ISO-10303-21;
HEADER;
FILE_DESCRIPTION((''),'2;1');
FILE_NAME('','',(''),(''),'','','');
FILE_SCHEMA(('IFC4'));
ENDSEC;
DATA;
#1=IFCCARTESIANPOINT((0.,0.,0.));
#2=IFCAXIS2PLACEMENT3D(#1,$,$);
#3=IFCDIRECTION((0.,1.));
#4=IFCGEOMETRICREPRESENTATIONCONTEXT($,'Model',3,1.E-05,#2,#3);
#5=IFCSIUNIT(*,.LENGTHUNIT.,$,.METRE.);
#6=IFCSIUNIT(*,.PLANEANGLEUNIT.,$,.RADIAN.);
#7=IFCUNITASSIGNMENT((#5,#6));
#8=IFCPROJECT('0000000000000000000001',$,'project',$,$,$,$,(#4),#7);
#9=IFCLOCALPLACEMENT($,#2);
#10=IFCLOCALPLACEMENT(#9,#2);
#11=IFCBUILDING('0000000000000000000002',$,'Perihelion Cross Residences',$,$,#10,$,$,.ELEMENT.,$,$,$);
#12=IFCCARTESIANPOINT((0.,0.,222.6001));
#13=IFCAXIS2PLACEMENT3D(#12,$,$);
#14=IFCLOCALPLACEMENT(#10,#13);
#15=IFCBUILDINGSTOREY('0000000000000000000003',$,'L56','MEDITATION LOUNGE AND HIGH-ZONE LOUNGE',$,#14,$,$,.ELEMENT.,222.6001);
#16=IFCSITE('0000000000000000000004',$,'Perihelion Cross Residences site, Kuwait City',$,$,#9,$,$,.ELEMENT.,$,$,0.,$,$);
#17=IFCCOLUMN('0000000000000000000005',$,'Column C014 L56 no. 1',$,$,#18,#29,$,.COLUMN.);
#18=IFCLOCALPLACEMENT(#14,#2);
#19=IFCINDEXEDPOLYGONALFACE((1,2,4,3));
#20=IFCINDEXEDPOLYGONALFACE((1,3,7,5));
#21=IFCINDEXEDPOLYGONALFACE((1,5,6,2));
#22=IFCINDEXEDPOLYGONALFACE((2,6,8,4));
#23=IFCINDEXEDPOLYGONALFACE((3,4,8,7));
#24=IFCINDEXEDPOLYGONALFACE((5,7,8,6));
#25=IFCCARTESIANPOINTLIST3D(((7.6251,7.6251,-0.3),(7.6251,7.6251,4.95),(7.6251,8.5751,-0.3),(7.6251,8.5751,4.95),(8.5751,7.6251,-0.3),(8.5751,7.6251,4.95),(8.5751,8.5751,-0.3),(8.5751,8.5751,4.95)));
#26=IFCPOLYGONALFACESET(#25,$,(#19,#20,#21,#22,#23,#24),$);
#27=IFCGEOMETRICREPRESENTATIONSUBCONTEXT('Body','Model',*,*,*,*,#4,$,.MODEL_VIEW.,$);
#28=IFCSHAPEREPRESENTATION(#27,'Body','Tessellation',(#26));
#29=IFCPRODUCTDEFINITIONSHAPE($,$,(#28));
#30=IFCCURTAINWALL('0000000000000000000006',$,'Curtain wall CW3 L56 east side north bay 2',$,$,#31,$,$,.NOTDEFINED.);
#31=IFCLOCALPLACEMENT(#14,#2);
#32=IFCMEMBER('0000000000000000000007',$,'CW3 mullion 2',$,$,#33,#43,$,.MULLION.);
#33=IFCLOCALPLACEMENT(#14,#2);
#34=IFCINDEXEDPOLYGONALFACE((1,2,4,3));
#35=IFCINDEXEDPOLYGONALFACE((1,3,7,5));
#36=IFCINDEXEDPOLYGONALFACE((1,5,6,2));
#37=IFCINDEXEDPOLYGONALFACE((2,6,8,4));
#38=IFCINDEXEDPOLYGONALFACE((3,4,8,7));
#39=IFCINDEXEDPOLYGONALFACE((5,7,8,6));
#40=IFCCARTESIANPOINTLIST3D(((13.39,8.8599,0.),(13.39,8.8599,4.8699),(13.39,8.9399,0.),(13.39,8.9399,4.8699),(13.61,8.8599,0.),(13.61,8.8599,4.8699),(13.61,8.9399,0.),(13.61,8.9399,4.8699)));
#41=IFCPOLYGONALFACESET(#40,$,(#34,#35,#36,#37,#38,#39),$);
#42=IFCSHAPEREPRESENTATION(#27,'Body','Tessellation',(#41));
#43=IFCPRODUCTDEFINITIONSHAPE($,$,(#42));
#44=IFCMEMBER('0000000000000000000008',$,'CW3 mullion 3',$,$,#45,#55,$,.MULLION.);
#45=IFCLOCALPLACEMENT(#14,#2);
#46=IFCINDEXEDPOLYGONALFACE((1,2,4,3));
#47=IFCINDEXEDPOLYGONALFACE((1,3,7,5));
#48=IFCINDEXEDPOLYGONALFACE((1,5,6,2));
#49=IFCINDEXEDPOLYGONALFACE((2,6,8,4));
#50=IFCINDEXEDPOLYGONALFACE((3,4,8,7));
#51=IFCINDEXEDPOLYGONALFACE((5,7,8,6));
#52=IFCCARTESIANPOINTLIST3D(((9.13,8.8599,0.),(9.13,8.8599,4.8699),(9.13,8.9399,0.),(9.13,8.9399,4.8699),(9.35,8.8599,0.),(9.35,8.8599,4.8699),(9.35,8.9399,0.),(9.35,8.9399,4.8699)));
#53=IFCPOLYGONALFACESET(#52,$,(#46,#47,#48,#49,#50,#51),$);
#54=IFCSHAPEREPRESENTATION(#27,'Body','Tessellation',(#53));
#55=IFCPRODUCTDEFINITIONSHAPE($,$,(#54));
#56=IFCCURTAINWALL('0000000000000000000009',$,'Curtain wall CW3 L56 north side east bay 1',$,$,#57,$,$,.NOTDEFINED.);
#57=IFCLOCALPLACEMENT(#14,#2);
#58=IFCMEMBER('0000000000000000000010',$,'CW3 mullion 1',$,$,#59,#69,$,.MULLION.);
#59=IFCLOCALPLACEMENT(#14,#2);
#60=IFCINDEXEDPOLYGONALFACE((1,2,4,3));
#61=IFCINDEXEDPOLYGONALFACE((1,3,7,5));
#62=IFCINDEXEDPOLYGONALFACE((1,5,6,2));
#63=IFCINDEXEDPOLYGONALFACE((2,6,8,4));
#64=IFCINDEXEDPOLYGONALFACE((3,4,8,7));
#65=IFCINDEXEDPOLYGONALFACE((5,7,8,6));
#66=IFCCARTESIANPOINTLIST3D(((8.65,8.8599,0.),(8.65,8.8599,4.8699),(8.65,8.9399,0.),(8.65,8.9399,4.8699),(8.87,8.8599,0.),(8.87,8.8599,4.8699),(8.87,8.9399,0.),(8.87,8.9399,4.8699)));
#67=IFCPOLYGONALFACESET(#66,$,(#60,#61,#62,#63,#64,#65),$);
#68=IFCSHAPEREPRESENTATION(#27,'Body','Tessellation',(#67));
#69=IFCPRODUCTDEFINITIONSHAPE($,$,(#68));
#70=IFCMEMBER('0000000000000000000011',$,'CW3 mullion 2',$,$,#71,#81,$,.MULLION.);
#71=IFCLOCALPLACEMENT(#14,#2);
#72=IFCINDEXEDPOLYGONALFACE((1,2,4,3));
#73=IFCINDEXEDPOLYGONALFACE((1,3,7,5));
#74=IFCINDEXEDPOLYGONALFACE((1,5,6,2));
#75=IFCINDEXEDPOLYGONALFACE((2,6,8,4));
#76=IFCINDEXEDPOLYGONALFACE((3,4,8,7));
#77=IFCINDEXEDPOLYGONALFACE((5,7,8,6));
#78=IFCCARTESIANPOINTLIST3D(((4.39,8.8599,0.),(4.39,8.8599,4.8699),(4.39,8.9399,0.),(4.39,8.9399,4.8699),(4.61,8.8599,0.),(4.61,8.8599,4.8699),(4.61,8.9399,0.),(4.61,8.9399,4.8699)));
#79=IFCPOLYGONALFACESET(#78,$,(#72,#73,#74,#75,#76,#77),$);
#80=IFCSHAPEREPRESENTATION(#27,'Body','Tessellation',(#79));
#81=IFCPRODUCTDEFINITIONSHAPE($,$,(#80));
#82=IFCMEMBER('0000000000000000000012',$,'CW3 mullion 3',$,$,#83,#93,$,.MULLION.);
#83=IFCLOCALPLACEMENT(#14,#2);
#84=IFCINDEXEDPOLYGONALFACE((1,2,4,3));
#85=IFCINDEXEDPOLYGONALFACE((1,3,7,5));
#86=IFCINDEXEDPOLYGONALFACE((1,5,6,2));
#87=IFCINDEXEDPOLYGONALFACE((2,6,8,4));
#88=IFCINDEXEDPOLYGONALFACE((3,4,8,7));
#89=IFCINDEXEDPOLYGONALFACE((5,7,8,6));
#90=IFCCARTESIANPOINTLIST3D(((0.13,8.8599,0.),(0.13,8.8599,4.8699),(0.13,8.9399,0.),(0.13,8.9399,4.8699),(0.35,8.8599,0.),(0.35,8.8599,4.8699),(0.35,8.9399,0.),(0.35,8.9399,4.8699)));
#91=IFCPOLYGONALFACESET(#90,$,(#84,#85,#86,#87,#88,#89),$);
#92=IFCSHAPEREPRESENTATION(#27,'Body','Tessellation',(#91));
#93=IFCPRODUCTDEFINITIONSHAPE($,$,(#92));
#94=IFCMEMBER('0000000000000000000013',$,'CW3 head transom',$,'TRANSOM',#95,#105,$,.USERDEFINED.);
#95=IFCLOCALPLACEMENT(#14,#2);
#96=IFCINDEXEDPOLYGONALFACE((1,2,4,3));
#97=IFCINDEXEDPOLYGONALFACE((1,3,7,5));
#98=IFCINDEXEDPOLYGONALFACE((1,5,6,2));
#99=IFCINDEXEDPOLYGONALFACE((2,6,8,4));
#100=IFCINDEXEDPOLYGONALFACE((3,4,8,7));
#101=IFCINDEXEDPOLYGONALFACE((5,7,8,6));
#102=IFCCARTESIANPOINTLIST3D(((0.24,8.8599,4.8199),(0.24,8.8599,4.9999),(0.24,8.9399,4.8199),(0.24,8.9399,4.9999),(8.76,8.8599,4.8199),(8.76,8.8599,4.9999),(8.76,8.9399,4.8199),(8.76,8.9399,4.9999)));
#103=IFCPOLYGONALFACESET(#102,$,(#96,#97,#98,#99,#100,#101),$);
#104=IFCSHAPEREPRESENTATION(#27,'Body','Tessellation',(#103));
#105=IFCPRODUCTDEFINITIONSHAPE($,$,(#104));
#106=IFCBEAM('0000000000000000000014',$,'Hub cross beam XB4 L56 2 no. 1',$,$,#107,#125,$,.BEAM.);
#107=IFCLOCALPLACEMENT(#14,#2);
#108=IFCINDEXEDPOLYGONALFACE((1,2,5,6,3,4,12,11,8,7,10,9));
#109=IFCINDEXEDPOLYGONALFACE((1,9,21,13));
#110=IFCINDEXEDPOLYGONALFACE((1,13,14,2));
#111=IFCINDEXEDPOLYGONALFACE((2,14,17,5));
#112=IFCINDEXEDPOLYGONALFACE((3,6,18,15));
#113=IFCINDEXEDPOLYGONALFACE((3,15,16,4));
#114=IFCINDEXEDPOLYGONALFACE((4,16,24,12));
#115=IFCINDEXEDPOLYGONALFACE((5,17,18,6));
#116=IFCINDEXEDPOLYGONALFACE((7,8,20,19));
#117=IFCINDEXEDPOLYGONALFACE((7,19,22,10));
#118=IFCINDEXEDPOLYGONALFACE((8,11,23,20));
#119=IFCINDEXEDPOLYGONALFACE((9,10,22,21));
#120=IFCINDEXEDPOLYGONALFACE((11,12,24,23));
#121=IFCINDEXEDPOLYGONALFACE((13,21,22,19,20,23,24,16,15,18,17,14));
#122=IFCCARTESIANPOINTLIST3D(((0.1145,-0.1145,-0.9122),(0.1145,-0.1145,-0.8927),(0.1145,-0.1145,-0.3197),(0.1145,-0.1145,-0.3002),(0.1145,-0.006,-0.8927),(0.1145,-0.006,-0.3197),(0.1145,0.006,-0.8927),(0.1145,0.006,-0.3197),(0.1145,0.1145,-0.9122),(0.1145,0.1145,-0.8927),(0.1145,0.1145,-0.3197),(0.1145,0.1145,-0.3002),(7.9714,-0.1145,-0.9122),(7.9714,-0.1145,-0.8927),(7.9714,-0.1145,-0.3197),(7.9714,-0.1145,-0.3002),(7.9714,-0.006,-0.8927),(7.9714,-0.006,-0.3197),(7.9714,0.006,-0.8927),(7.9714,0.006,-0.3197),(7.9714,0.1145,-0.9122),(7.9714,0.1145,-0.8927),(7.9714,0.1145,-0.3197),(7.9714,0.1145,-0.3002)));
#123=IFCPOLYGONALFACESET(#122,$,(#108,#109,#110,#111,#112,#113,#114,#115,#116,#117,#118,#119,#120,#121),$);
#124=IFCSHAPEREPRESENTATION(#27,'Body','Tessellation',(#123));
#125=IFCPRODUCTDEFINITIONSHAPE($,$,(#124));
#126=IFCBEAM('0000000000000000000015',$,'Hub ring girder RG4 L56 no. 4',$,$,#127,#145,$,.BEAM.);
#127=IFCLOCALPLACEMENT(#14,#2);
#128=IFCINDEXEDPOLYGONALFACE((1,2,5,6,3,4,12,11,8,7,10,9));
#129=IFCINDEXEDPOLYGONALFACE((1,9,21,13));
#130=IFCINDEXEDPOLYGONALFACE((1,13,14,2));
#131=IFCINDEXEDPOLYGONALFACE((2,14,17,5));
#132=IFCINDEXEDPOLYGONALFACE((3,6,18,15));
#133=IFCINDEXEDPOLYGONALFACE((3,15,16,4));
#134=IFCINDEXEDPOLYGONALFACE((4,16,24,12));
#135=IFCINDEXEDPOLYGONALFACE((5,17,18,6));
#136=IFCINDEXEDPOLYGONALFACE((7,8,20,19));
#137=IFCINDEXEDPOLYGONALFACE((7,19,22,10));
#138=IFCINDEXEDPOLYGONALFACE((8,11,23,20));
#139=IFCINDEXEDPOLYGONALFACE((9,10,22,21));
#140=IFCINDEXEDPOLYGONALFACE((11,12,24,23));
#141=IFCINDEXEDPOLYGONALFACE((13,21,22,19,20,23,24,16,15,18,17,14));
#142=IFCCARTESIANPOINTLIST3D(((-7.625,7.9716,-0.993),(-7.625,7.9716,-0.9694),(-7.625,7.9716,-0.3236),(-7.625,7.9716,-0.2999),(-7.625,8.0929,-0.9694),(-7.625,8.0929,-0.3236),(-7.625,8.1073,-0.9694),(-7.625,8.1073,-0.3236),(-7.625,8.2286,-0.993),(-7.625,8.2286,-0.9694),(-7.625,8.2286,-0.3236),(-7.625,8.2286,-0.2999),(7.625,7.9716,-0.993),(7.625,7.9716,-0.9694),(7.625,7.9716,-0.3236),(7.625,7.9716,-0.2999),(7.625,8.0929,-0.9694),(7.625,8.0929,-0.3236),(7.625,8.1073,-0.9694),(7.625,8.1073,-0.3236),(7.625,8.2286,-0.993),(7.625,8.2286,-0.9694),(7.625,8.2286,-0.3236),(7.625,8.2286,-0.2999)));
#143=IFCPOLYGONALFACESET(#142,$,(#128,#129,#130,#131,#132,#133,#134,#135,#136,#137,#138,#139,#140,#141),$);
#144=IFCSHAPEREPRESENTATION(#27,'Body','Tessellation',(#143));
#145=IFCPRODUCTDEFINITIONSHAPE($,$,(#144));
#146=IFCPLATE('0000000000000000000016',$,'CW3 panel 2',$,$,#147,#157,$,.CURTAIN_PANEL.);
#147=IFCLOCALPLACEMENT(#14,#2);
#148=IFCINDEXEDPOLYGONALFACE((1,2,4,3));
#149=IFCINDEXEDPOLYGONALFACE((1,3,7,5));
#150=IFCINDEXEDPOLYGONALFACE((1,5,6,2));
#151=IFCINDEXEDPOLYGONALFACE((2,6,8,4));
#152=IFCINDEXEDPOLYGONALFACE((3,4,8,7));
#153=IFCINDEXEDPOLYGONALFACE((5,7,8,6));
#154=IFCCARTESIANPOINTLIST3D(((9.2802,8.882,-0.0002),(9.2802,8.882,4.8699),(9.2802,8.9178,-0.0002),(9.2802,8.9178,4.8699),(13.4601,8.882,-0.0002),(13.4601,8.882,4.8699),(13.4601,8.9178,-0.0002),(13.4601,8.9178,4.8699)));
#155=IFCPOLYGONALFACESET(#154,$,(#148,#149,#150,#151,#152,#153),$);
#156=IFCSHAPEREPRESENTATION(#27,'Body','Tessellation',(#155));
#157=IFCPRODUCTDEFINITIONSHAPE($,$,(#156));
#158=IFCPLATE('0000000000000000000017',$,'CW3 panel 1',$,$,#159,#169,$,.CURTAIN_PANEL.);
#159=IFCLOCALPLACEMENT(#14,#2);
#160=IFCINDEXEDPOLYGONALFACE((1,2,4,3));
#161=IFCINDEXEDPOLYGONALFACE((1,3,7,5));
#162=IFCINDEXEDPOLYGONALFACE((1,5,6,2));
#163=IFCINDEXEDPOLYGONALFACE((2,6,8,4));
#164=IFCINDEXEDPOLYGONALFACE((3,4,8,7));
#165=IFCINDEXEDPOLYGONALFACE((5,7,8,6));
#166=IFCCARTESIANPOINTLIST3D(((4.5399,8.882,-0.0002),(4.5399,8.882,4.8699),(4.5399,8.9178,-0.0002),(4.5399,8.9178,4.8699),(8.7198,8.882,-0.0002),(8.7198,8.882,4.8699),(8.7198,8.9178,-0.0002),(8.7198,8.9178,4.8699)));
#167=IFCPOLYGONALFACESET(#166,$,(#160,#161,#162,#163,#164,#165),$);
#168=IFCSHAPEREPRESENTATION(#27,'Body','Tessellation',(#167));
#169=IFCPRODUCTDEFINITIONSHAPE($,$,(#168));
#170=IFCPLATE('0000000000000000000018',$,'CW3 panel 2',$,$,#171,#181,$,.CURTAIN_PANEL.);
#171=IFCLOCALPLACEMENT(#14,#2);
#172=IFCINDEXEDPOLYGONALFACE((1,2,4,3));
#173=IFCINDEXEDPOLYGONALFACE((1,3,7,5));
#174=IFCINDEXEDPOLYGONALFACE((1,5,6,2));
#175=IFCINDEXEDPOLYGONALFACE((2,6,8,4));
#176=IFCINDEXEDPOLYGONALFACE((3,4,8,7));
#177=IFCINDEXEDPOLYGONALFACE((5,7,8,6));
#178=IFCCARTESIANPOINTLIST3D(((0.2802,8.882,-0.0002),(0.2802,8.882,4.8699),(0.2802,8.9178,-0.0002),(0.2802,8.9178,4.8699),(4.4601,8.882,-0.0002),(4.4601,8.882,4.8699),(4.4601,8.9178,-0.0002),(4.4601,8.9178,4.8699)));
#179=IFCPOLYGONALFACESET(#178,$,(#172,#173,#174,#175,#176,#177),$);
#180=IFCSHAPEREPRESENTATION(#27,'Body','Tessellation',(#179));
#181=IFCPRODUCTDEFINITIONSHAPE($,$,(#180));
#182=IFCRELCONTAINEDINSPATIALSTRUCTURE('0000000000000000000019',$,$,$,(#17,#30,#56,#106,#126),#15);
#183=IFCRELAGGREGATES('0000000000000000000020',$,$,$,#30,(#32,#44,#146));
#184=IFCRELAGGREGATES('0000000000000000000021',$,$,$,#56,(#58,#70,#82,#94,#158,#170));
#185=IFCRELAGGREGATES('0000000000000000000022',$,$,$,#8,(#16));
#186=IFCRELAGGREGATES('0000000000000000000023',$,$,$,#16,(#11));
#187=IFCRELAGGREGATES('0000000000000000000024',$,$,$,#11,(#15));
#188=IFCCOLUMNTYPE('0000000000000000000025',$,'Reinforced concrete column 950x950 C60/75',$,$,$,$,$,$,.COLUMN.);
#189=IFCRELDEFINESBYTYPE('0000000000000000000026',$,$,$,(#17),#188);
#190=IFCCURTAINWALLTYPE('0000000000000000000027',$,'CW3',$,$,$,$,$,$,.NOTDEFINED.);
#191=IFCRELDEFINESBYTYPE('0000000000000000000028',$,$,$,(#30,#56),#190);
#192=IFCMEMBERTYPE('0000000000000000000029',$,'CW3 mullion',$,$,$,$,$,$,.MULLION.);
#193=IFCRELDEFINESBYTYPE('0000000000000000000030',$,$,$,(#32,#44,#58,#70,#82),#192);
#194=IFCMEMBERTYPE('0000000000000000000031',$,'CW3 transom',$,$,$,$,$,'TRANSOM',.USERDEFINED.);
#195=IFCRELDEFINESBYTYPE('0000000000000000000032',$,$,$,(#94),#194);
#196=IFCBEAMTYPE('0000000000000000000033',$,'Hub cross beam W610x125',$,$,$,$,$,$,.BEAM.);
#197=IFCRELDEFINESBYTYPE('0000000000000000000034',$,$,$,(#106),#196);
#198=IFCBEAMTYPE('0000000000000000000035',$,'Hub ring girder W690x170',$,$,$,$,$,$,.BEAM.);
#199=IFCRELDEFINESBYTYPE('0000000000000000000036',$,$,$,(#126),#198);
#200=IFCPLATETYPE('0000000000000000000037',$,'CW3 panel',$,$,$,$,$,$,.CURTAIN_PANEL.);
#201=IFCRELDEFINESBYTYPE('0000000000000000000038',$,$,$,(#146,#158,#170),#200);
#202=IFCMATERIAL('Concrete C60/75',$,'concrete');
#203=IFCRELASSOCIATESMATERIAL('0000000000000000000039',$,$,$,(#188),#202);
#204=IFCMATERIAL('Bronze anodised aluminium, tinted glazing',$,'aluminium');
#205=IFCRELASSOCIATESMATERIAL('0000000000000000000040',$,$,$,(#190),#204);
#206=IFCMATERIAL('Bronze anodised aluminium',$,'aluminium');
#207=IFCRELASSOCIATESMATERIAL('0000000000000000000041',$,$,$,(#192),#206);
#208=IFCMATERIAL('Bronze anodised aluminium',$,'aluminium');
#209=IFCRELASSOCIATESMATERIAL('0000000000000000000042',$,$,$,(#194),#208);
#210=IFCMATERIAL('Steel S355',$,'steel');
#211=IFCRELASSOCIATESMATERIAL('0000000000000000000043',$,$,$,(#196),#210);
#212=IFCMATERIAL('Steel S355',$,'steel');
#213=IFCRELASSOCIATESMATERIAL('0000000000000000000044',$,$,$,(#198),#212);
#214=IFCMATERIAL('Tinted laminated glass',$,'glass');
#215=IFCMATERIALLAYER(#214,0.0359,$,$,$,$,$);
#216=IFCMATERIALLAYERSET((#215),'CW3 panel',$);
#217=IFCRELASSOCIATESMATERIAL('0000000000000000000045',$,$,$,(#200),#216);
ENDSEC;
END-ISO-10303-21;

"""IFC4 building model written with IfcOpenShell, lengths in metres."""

from ifc_helpers import new_model, si_unit, direction, frame, origin, origin_2d, place, context, subcontext, project, spatial, rectangle, i_section, extrude, material, layer, layer_set, material_profile, profile_set, type_object, element, aggregate, save


model = new_model("IFC4")

# Units and contexts
model_context = context("Model", 3, precision=1e-05, world=origin(), true_north=direction((0.0, 1.0)))
body_context = subcontext(model_context, "Body", "Model", "MODEL_VIEW")
ifc_project = project(units=[si_unit("LENGTHUNIT", "METRE"), si_unit("PLANEANGLEUNIT", "RADIAN")], contexts=[model_context])

# Site, building, storey
site_placement = place(None, origin())
site = spatial("IfcSite", under=ifc_project, at=site_placement, Name="Perihelion Cross Residences site, Kuwait City", CompositionType="ELEMENT", RefElevation=0.0)
building_placement = place(site_placement, origin())
building = spatial("IfcBuilding", under=site, at=building_placement, Name="Perihelion Cross Residences", CompositionType="ELEMENT")
storey_placement = place(building_placement, frame((0.0, 0.0, 222.6001)))
storey = spatial("IfcBuildingStorey", under=building, at=storey_placement, Name="L56", Description="MEDITATION LOUNGE AND HIGH-ZONE LOUNGE", CompositionType="ELEMENT", Elevation=222.6001)

# Column
ifc_material_1 = material(Name="Concrete C60/75", Category="concrete")
ifc_material_profile_1 = material_profile(ifc_material_1, rectangle(XDim=0.95, YDim=0.95, at=origin_2d()), Name="RC 950x950")
ifc_profile_set_1 = profile_set([ifc_material_profile_1], Name="Concrete C60/75")
column_type = type_object("IfcColumnType", Name="Reinforced concrete column 950x950 C60/75", PredefinedType="COLUMN", material=ifc_profile_set_1)
column_placement = place(storey_placement, frame((8.1001, 8.1001, -0.3), z_axis=(0.0, 0.0, 1.0), x_axis=(1.0, 0.0, 0.0)))
element("IfcColumn", 1, at=column_placement, inside=storey, type_object=column_type, Name="Column C014 L56 no. 1", PredefinedType="COLUMN", context=body_context, shape_type="SweptSolid", body=[
    extrude(rectangle(XDim=0.95, YDim=0.95, at=origin_2d()), origin(), (0.0, 0.0, 1.0), 5.25),
])

# Curtain walls, members
ifc_material_2 = material(Name="Bronze anodised aluminium, tinted glazing", Category="aluminium")
curtain_wall_type = type_object("IfcCurtainWallType", Name="CW3", PredefinedType="NOTDEFINED", material=ifc_material_2)
curtain_wall_1_placement = place(storey_placement, origin())
curtain_wall_1 = element("IfcCurtainWall", 2, at=curtain_wall_1_placement, inside=storey, type_object=curtain_wall_type, Name="Curtain wall CW3 L56 east side north bay 2", PredefinedType="NOTDEFINED")
ifc_material_3 = material(Name="Bronze anodised aluminium", Category="aluminium")
ifc_material_profile_2 = material_profile(ifc_material_3, rectangle(XDim=0.0801, YDim=0.22, at=origin_2d()), Name="CW3 mullion")
ifc_profile_set_2 = profile_set([ifc_material_profile_2], Name="Bronze anodised aluminium")
member_type_1 = type_object("IfcMemberType", Name="CW3 mullion", PredefinedType="MULLION", material=ifc_profile_set_2)
member_1_placement = place(storey_placement, frame((13.5, 8.8999, 0.0), z_axis=(0.0, 0.0, 1.0), x_axis=(0.0, -1.0, 0.0)))
member_1 = element("IfcMember", 3, at=member_1_placement, type_object=member_type_1, Name="CW3 mullion 2", PredefinedType="MULLION", context=body_context, shape_type="SweptSolid", body=[
    extrude(rectangle(XDim=0.0801, YDim=0.22, at=origin_2d()), origin(), (0.0, 0.0, 1.0), 4.8699),
])
member_2_placement = place(storey_placement, frame((9.24, 8.8999, 0.0), z_axis=(0.0, 0.0, 1.0), x_axis=(0.0, -1.0, 0.0)))
member_2 = element("IfcMember", 4, at=member_2_placement, type_object=member_type_1, Name="CW3 mullion 3", PredefinedType="MULLION", context=body_context, shape_type="SweptSolid", body=[
    extrude(rectangle(XDim=0.0801, YDim=0.22, at=origin_2d()), origin(), (0.0, 0.0, 1.0), 4.8699),
])
curtain_wall_2_placement = place(storey_placement, origin())
curtain_wall_2 = element("IfcCurtainWall", 5, at=curtain_wall_2_placement, inside=storey, type_object=curtain_wall_type, Name="Curtain wall CW3 L56 north side east bay 1", PredefinedType="NOTDEFINED")
member_3_placement = place(storey_placement, frame((8.76, 8.8999, 0.0), z_axis=(0.0, 0.0, 1.0), x_axis=(0.0, -1.0, 0.0)))
member_3 = element("IfcMember", 6, at=member_3_placement, type_object=member_type_1, Name="CW3 mullion 1", PredefinedType="MULLION", context=body_context, shape_type="SweptSolid", body=[
    extrude(rectangle(XDim=0.0801, YDim=0.22, at=origin_2d()), origin(), (0.0, 0.0, 1.0), 4.8699),
])
member_4_placement = place(storey_placement, frame((4.5, 8.8999, 0.0), z_axis=(0.0, 0.0, 1.0), x_axis=(0.0, -1.0, 0.0)))
member_4 = element("IfcMember", 7, at=member_4_placement, type_object=member_type_1, Name="CW3 mullion 2", PredefinedType="MULLION", context=body_context, shape_type="SweptSolid", body=[
    extrude(rectangle(XDim=0.0801, YDim=0.22, at=origin_2d()), origin(), (0.0, 0.0, 1.0), 4.8699),
])
member_5_placement = place(storey_placement, frame((0.24, 8.8999, 0.0), z_axis=(0.0, 0.0, 1.0), x_axis=(0.0, -1.0, 0.0)))
member_5 = element("IfcMember", 8, at=member_5_placement, type_object=member_type_1, Name="CW3 mullion 3", PredefinedType="MULLION", context=body_context, shape_type="SweptSolid", body=[
    extrude(rectangle(XDim=0.0801, YDim=0.22, at=origin_2d()), origin(), (0.0, 0.0, 1.0), 4.8699),
])
ifc_material_4 = material(Name="Bronze anodised aluminium", Category="aluminium")
ifc_material_profile_3 = material_profile(ifc_material_4, rectangle(XDim=0.0801, YDim=0.1799, at=origin_2d()), Name="CW3 transom")
ifc_profile_set_3 = profile_set([ifc_material_profile_3], Name="Bronze anodised aluminium")
member_type_2 = type_object("IfcMemberType", Name="CW3 transom", ElementType="TRANSOM", PredefinedType="USERDEFINED", material=ifc_profile_set_3)
member_6_placement = place(storey_placement, frame((8.76, 8.8999, 4.9099), z_axis=(-1.0, 0.0, 0.0), x_axis=(0.0, -1.0, 0.0)))
member_6 = element("IfcMember", 9, at=member_6_placement, type_object=member_type_2, Name="CW3 head transom", ObjectType="TRANSOM", PredefinedType="USERDEFINED", context=body_context, shape_type="SweptSolid", body=[
    extrude(rectangle(XDim=0.0801, YDim=0.1799, at=origin_2d()), origin(), (0.0, 0.0, 1.0), 8.52),
])

# Beams
ifc_material_5 = material(Name="Steel S355", Category="steel")
ifc_material_profile_4 = material_profile(ifc_material_5, i_section(OverallWidth=0.229, OverallDepth=0.6121, WebThickness=0.012, FlangeThickness=0.0195, at=origin_2d()), Name="W610x125")
ifc_profile_set_4 = profile_set([ifc_material_profile_4], Name="Steel S355")
beam_type_1 = type_object("IfcBeamType", Name="Hub cross beam W610x125", PredefinedType="BEAM", material=ifc_profile_set_4)
beam_1_placement = place(storey_placement, frame((0.1145, 0.0, -0.6062), z_axis=(1.0, 0.0, 0.0), x_axis=(0.0, 1.0, 0.0)))
element("IfcBeam", 10, at=beam_1_placement, inside=storey, type_object=beam_type_1, Name="Hub cross beam XB4 L56 2 no. 1", PredefinedType="BEAM", context=body_context, shape_type="SweptSolid", body=[
    extrude(i_section(OverallWidth=0.229, OverallDepth=0.6121, WebThickness=0.012, FlangeThickness=0.0195, at=origin_2d()), origin(), (0.0, 0.0, 1.0), 7.8569),
])
ifc_material_6 = material(Name="Steel S355", Category="steel")
ifc_material_profile_5 = material_profile(ifc_material_6, i_section(OverallWidth=0.2571, OverallDepth=0.6931, WebThickness=0.0144, FlangeThickness=0.0237, at=origin_2d()), Name="W690x170")
ifc_profile_set_5 = profile_set([ifc_material_profile_5], Name="Steel S355")
beam_type_2 = type_object("IfcBeamType", Name="Hub ring girder W690x170", PredefinedType="BEAM", material=ifc_profile_set_5)
beam_2_placement = place(storey_placement, frame((7.625, 8.1001, -0.6465), z_axis=(-1.0, 0.0, 0.0), x_axis=(0.0, -1.0, 0.0)))
element("IfcBeam", 11, at=beam_2_placement, inside=storey, type_object=beam_type_2, Name="Hub ring girder RG4 L56 no. 4", PredefinedType="BEAM", context=body_context, shape_type="SweptSolid", body=[
    extrude(i_section(OverallWidth=0.2571, OverallDepth=0.6931, WebThickness=0.0144, FlangeThickness=0.0237, at=origin_2d()), origin(), (0.0, 0.0, 1.0), 15.25),
])

# Plates
ifc_material_7 = material(Name="Tinted laminated glass", Category="glass")
ifc_layer_1 = layer(ifc_material_7, 0.0359)
ifc_layer_set_1 = layer_set([ifc_layer_1], Name="CW3 panel")
plate_type = type_object("IfcPlateType", Name="CW3 panel", PredefinedType="CURTAIN_PANEL", material=ifc_layer_set_1)
plate_1_placement = place(storey_placement, frame((11.3701, 8.8999, -0.0002), z_axis=(0.0, 0.0, 1.0), x_axis=(-1.0, 0.0, 0.0)))
plate_1 = element("IfcPlate", 12, at=plate_1_placement, type_object=plate_type, Name="CW3 panel 2", PredefinedType="CURTAIN_PANEL", context=body_context, shape_type="SweptSolid", body=[
    extrude(rectangle(XDim=4.1799, YDim=0.0359, at=origin_2d()), origin(), (0.0, 0.0, 1.0), 4.8701),
])
aggregate(curtain_wall_1, [member_1, member_2, plate_1])
plate_2_placement = place(storey_placement, frame((6.6299, 8.8999, -0.0002), z_axis=(0.0, 0.0, 1.0), x_axis=(-1.0, 0.0, 0.0)))
plate_2 = element("IfcPlate", 13, at=plate_2_placement, type_object=plate_type, Name="CW3 panel 1", PredefinedType="CURTAIN_PANEL", context=body_context, shape_type="SweptSolid", body=[
    extrude(rectangle(XDim=4.1799, YDim=0.0359, at=origin_2d()), origin(), (0.0, 0.0, 1.0), 4.8701),
])
plate_3_placement = place(storey_placement, frame((2.3701, 8.8999, -0.0002), z_axis=(0.0, 0.0, 1.0), x_axis=(-1.0, 0.0, 0.0)))
plate_3 = element("IfcPlate", 14, at=plate_3_placement, type_object=plate_type, Name="CW3 panel 2", PredefinedType="CURTAIN_PANEL", context=body_context, shape_type="SweptSolid", body=[
    extrude(rectangle(XDim=4.1799, YDim=0.0359, at=origin_2d()), origin(), (0.0, 0.0, 1.0), 4.8701),
])
aggregate(curtain_wall_2, [member_3, member_4, member_5, member_6, plate_2, plate_3])

save(model, "model.ifc")
